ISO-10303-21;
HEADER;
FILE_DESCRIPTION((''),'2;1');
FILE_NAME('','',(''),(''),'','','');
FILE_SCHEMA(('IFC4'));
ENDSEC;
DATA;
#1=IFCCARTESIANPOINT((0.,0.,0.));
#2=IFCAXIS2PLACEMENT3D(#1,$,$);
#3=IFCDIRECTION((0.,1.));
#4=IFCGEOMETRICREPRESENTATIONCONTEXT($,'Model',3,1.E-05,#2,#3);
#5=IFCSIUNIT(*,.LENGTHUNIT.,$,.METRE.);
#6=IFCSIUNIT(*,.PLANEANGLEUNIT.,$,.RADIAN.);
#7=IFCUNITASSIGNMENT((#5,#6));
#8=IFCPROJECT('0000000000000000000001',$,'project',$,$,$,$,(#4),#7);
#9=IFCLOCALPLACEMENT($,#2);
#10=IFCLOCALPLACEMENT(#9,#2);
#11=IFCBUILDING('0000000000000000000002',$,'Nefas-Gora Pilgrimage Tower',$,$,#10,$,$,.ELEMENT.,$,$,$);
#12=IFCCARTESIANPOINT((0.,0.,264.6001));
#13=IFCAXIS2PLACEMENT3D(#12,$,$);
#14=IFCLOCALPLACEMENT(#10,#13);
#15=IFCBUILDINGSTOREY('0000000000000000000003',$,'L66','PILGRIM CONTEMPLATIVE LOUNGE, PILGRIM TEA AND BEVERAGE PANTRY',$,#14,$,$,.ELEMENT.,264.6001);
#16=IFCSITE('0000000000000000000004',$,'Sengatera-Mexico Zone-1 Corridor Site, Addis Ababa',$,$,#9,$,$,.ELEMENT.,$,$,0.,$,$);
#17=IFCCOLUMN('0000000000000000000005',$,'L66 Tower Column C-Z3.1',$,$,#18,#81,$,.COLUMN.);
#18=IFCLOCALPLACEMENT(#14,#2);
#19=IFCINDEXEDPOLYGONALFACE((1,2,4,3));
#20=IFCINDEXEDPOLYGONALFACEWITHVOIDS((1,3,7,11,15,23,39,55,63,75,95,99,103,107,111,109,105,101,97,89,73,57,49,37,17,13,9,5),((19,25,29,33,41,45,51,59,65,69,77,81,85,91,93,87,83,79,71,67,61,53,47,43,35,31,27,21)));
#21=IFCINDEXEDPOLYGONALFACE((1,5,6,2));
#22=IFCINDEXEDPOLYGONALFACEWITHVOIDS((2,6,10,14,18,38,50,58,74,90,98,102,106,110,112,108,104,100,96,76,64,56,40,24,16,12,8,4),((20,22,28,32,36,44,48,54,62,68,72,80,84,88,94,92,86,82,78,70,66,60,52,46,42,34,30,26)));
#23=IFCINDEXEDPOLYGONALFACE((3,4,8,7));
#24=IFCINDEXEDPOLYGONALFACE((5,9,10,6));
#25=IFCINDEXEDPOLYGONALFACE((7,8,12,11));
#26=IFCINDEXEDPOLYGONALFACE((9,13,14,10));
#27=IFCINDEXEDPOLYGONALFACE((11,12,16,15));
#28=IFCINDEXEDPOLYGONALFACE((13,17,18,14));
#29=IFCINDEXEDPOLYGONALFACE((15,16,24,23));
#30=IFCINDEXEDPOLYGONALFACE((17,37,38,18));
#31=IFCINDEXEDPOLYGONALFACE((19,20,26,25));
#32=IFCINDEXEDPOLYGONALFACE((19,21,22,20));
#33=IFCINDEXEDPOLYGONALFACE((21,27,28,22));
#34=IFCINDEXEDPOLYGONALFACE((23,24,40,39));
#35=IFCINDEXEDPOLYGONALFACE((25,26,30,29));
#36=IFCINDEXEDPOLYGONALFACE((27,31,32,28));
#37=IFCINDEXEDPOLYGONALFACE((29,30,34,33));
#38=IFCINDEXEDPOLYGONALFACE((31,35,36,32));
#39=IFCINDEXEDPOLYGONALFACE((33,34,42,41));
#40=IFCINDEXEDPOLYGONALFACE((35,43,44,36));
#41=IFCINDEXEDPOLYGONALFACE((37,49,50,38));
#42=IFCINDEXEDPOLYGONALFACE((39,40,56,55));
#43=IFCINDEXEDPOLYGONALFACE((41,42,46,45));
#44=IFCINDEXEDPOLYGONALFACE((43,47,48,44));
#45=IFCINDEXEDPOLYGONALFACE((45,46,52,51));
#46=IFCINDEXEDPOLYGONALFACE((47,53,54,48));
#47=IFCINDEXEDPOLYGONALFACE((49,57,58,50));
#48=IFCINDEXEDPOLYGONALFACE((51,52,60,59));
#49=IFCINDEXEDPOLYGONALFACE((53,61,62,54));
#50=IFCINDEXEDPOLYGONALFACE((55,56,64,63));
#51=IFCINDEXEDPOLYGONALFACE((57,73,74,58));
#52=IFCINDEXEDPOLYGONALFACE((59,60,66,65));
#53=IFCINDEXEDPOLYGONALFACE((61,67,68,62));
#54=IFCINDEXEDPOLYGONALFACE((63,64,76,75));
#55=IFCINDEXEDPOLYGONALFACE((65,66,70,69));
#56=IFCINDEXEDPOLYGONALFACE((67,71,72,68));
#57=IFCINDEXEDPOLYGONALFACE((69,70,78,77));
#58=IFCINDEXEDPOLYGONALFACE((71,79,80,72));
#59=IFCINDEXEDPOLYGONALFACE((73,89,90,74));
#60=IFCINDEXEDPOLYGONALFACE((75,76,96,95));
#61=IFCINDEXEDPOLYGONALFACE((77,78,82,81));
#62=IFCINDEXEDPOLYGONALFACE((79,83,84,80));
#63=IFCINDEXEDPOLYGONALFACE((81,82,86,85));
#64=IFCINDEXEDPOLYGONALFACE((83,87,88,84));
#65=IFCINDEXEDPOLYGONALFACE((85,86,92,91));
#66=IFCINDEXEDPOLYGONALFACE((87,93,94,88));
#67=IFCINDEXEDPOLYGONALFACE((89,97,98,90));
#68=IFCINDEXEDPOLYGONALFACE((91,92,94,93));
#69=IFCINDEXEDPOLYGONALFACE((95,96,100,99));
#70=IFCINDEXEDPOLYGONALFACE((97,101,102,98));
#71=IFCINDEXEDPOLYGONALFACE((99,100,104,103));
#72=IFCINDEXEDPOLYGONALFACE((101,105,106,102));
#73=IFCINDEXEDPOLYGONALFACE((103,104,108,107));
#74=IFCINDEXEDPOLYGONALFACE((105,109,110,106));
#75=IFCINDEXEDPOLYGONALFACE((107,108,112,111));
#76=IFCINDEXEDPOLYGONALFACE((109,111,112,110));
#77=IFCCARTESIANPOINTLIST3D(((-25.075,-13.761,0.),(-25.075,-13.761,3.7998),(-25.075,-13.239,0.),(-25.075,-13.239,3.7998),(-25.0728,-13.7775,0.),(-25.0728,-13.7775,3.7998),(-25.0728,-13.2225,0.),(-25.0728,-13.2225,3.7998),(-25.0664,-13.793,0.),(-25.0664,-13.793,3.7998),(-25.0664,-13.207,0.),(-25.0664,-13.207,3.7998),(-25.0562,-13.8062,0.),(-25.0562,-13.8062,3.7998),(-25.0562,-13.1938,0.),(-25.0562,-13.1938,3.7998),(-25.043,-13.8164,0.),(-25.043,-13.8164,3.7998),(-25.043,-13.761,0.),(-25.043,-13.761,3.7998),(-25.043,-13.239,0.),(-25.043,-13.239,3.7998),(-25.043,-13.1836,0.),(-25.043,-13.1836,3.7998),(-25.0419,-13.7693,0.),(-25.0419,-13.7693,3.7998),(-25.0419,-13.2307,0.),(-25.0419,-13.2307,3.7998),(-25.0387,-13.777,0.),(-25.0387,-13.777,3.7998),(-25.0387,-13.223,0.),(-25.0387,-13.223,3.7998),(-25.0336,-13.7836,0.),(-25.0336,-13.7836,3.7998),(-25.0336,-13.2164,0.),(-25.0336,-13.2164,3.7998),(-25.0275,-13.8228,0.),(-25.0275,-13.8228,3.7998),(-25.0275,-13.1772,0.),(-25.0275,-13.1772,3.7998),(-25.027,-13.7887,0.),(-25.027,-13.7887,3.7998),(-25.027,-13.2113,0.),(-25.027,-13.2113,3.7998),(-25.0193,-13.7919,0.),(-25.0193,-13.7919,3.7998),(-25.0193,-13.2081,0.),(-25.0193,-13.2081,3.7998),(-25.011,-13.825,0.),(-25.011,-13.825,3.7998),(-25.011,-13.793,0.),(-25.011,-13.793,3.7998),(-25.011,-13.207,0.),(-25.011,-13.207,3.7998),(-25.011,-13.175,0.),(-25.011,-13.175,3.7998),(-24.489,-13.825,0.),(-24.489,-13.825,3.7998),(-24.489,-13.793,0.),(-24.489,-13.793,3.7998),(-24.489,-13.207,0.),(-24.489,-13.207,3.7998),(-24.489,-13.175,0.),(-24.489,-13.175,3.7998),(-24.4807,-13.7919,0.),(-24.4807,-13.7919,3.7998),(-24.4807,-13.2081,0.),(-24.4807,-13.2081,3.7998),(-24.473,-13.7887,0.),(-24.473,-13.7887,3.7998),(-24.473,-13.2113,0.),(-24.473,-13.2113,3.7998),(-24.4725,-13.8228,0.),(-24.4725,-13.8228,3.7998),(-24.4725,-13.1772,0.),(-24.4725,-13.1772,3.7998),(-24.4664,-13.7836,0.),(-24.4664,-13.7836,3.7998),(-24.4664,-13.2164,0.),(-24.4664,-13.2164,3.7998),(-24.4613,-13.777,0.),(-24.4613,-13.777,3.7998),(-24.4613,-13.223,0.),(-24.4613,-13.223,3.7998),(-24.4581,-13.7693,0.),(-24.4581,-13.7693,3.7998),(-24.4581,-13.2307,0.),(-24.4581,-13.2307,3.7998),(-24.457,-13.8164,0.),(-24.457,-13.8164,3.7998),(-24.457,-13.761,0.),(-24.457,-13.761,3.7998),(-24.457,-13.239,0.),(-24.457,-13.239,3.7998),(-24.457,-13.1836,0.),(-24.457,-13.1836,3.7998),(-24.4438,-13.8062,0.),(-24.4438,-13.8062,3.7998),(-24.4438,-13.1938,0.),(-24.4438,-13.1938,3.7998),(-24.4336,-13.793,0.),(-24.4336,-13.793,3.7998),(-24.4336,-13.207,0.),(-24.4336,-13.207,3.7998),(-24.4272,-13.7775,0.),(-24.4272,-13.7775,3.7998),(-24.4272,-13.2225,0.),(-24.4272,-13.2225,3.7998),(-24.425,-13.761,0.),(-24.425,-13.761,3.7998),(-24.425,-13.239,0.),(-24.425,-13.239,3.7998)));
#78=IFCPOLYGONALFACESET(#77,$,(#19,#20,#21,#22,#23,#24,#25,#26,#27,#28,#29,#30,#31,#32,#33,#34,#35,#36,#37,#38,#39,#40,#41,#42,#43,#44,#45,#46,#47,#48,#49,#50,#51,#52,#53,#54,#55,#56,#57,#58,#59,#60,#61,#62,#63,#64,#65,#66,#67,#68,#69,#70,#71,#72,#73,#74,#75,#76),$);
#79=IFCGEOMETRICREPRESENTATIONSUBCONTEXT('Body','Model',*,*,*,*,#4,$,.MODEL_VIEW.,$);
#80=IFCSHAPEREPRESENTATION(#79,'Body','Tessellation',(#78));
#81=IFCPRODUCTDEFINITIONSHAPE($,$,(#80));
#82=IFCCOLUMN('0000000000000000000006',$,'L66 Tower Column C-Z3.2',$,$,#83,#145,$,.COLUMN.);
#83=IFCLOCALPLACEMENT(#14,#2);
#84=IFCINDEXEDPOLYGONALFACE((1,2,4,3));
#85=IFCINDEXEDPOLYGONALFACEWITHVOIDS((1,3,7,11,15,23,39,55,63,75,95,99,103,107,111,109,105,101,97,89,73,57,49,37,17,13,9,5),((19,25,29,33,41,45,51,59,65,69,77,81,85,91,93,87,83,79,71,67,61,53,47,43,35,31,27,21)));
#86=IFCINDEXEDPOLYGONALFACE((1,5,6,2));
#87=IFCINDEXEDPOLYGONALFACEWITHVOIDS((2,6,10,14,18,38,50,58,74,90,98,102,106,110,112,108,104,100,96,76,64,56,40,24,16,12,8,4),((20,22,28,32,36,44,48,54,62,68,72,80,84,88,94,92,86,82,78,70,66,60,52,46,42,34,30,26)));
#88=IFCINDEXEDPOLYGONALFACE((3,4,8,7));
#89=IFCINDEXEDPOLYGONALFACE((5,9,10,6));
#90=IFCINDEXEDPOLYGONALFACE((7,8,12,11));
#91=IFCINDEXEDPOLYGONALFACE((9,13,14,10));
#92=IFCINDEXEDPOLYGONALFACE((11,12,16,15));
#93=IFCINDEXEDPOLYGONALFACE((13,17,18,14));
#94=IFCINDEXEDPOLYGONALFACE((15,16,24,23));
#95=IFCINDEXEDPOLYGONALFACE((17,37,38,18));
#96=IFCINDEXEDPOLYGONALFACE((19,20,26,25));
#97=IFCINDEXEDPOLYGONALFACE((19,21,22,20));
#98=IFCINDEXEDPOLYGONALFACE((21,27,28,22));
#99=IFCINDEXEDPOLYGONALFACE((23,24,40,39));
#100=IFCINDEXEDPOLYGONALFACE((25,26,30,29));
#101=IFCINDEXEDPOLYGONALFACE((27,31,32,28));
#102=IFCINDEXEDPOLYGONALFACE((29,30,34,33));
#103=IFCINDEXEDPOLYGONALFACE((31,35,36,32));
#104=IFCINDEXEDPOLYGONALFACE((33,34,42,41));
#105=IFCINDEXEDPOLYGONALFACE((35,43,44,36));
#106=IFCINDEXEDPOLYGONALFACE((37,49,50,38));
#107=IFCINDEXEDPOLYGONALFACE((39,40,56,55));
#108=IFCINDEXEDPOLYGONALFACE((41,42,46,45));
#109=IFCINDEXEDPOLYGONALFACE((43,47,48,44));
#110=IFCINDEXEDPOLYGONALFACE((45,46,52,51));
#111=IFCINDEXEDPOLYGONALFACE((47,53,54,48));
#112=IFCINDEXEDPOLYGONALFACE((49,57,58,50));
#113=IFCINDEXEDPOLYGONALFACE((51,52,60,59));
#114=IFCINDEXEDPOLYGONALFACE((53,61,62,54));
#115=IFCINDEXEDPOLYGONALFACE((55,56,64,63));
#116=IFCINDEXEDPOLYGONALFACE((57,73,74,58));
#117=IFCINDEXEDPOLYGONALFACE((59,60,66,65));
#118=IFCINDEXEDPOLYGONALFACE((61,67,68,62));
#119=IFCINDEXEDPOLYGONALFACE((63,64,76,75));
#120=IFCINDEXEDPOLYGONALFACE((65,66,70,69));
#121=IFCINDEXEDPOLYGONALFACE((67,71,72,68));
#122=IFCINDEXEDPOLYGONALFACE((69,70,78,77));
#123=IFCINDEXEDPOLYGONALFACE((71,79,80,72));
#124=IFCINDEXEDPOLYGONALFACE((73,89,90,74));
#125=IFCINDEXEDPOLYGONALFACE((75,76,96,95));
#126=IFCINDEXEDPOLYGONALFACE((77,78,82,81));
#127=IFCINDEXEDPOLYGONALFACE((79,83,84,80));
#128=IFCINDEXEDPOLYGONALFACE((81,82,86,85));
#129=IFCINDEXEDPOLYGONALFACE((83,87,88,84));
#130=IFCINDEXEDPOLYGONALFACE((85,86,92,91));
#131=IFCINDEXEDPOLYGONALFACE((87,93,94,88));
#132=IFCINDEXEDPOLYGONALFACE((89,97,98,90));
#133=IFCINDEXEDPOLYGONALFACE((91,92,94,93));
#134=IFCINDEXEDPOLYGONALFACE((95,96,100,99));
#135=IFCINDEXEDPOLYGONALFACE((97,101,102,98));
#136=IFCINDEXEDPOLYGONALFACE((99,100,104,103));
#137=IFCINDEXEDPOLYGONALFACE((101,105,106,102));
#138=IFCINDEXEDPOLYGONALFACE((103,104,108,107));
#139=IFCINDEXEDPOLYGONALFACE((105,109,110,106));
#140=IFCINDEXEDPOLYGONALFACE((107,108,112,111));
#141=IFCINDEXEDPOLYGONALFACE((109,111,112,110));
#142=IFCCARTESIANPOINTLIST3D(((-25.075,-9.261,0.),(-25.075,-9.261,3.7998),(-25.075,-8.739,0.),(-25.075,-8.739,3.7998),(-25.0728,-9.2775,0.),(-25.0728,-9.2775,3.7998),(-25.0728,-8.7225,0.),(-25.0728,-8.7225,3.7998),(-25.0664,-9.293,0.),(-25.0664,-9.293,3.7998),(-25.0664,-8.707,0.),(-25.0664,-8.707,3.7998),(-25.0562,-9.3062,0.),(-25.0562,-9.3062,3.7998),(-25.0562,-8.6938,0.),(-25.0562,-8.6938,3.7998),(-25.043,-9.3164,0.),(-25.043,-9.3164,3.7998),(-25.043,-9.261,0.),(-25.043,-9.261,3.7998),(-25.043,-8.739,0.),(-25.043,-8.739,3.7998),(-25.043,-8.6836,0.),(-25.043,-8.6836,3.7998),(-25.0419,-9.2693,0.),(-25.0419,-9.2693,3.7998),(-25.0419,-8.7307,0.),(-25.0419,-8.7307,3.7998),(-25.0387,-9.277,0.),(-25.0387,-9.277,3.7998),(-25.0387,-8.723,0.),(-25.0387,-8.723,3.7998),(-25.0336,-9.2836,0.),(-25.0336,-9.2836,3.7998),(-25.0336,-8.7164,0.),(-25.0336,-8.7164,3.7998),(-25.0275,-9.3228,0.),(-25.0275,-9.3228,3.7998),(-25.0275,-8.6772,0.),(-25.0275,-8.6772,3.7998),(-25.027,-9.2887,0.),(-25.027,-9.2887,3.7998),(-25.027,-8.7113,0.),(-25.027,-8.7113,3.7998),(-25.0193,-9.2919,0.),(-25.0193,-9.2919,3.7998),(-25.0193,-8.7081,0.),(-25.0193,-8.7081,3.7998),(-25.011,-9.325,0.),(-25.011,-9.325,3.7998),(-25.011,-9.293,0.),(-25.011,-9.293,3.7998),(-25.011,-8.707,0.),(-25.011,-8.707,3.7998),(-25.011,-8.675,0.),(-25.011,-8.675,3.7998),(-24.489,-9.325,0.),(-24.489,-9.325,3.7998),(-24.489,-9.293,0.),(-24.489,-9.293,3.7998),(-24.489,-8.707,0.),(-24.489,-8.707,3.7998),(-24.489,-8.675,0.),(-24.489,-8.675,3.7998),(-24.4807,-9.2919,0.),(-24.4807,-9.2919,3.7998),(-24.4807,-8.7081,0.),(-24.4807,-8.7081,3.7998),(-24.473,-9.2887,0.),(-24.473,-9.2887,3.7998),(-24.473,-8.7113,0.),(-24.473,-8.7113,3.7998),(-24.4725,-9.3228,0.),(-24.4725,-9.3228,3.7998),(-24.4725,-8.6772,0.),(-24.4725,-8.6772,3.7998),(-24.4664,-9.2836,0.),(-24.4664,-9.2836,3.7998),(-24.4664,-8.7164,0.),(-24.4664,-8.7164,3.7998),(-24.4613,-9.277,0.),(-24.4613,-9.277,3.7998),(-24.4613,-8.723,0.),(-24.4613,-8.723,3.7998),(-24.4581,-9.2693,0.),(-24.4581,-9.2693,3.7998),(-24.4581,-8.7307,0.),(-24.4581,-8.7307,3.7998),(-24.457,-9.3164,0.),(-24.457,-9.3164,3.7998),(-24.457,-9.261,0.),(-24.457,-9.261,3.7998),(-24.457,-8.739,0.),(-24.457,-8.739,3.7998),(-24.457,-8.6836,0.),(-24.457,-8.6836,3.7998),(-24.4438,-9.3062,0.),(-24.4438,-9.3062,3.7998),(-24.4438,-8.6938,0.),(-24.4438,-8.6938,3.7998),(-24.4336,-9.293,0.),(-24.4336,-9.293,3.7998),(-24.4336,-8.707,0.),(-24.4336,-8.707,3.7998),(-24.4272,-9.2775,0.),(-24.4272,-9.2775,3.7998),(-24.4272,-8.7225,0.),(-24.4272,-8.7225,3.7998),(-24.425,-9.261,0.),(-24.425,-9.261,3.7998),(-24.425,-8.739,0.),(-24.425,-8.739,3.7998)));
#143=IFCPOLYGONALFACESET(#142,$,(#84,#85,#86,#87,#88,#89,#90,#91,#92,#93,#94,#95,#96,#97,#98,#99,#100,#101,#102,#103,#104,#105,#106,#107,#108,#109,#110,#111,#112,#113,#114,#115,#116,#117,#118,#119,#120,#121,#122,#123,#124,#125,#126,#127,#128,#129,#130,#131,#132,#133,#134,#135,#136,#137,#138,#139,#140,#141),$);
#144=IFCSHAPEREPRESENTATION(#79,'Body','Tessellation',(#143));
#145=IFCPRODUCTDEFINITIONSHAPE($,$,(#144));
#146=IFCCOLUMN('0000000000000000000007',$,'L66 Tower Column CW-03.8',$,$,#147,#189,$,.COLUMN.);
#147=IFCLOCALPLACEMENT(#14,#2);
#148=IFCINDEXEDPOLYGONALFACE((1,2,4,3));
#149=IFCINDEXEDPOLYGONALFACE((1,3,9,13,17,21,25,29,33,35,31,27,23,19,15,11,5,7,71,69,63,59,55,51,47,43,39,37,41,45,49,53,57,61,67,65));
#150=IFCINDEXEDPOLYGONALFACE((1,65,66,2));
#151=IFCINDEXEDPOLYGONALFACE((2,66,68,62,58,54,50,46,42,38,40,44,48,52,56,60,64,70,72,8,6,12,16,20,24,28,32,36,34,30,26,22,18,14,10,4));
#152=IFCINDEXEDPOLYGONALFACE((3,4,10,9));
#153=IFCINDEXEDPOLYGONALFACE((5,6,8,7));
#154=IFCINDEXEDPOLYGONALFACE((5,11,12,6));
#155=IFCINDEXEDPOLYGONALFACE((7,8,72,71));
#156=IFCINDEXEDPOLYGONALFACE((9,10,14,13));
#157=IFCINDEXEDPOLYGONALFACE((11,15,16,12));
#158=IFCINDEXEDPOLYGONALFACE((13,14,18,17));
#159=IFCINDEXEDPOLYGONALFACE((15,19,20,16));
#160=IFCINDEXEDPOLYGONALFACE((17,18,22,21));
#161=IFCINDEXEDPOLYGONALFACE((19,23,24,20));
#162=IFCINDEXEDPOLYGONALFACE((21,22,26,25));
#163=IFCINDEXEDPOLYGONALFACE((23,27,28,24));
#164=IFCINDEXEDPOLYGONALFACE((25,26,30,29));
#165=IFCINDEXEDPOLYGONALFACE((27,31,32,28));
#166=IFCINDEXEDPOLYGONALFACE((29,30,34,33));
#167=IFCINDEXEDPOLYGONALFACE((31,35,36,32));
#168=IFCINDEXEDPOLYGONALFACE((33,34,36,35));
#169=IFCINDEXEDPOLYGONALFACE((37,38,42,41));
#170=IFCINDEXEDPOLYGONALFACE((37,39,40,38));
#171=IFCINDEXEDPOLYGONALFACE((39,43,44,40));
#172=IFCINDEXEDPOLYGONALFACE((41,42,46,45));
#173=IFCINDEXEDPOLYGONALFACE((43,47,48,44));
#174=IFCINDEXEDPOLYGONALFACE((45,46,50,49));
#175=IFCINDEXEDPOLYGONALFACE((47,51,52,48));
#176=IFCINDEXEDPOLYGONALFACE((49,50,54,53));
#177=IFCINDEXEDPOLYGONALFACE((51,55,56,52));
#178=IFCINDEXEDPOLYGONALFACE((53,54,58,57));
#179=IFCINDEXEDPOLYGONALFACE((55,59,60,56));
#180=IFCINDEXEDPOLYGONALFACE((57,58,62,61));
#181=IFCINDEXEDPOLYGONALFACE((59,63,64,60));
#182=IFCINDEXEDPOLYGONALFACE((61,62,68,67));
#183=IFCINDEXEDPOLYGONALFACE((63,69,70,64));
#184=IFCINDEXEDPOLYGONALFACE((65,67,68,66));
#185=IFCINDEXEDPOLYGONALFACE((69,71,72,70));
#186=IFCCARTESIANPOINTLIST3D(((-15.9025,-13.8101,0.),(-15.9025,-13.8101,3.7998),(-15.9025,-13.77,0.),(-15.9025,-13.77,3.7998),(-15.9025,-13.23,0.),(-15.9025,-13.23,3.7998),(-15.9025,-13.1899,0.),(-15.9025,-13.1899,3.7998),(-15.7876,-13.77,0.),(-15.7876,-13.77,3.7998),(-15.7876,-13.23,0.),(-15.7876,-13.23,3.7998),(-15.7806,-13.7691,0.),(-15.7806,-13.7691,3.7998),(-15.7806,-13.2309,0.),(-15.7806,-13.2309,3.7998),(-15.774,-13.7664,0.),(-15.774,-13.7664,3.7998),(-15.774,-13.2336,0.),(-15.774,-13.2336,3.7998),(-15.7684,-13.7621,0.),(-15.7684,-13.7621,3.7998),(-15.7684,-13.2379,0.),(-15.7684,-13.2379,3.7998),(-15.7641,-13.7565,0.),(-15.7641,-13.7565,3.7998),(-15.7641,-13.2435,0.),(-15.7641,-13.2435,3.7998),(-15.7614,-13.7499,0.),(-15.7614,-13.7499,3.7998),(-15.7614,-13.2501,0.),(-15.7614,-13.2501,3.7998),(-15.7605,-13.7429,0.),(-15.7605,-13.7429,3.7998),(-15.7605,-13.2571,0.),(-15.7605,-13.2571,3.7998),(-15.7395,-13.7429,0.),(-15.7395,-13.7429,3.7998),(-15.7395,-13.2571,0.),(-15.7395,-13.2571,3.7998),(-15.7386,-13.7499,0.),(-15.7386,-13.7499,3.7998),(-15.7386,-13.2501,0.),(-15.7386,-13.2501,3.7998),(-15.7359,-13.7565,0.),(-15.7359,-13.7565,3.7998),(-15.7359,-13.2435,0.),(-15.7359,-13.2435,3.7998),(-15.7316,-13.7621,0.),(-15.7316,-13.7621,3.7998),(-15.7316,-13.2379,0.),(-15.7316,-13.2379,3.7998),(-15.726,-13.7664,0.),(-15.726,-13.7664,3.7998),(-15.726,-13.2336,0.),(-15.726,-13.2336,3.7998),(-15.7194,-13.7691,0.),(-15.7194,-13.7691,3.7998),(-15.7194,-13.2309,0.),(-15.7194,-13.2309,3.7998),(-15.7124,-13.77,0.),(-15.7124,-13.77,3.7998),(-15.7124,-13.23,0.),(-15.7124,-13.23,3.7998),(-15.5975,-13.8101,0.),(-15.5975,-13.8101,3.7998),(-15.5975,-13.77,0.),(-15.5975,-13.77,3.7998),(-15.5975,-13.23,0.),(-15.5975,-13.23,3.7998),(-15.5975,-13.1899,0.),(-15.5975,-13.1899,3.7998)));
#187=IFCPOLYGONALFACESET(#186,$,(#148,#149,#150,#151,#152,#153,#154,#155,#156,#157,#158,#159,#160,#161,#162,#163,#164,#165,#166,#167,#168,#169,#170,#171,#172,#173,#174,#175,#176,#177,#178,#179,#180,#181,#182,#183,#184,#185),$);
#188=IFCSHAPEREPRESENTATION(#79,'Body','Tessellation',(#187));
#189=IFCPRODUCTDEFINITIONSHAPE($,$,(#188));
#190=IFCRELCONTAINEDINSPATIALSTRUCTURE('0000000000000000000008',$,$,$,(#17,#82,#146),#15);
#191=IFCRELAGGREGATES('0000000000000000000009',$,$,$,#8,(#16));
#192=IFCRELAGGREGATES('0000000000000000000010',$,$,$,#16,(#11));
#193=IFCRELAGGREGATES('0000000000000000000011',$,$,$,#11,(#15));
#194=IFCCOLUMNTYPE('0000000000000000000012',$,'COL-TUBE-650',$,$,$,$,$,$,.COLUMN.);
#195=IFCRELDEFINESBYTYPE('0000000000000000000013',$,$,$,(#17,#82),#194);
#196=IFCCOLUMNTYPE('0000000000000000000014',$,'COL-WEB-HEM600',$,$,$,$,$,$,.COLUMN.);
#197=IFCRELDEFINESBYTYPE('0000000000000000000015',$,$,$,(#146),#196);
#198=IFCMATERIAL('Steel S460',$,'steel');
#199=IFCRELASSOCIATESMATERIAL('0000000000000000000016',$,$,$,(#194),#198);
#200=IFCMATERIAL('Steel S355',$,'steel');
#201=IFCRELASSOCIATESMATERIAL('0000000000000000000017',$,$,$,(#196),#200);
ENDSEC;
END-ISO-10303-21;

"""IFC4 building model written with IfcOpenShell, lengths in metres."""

from ifc_helpers import new_model, si_unit, direction, frame, origin, origin_2d, place, context, subcontext, project, spatial, hollow_rectangle, i_section, extrude, source, transform, mapped, material, material_profile, profile_set, type_object, element, save


model = new_model("IFC4")

# Units and contexts
model_context = context("Model", 3, precision=1e-05, world=origin(), true_north=direction((0.0, 1.0)))
body_context = subcontext(model_context, "Body", "Model", "MODEL_VIEW")
ifc_project = project(units=[si_unit("LENGTHUNIT", "METRE"), si_unit("PLANEANGLEUNIT", "RADIAN")], contexts=[model_context])

# Site, building, storey
site_placement = place(None, origin())
site = spatial("IfcSite", under=ifc_project, at=site_placement, Name="Sengatera-Mexico Zone-1 Corridor Site, Addis Ababa", CompositionType="ELEMENT", RefElevation=0.0)
building_placement = place(site_placement, origin())
building = spatial("IfcBuilding", under=site, at=building_placement, Name="Nefas-Gora Pilgrimage Tower", CompositionType="ELEMENT")
storey_placement = place(building_placement, frame((0.0, 0.0, 264.6001)))
storey = spatial("IfcBuildingStorey", under=building, at=storey_placement, Name="L66", Description="PILGRIM CONTEMPLATIVE LOUNGE, PILGRIM TEA AND BEVERAGE PANTRY", CompositionType="ELEMENT", Elevation=264.6001)

# Columns
ifc_material_1 = material(Name="Steel S460", Category="steel")
ifc_material_profile_1 = material_profile(ifc_material_1, hollow_rectangle(XDim=0.6499, YDim=0.6499, WallThickness=0.032, InnerFilletRadius=0.032, OuterFilletRadius=0.064, at=origin_2d()), Name="BOX 650x650x32")
ifc_profile_set_1 = profile_set([ifc_material_profile_1], Name="Steel S460")
column_type_1 = type_object("IfcColumnType", Name="COL-TUBE-650", PredefinedType="COLUMN", material=ifc_profile_set_1)
shared_shape_1 = source(origin(), body_context, "Body", "SweptSolid", [
    extrude(hollow_rectangle(XDim=0.6499, YDim=0.6499, WallThickness=0.032, InnerFilletRadius=0.032, OuterFilletRadius=0.064, at=origin_2d()), origin(), (0.0, 0.0, 1.0), 3.7998),
])
for number, where, z_axis, x_axis, name in (
    (1, (-24.75, -13.5, 0.0), (0.0, 0.0, 1.0), (1.0, 0.0, 0.0), "L66 Tower Column C-Z3.1"),
    (2, (-24.75, -9.0, 0.0), (0.0, 0.0, 1.0), (1.0, 0.0, 0.0), "L66 Tower Column C-Z3.2"),
):
    element("IfcColumn", number, at=place(storey_placement, frame(where, z_axis=z_axis, x_axis=x_axis)), inside=storey, type_object=column_type_1, Name=name, PredefinedType="COLUMN", context=body_context, shape_type="MappedRepresentation", body=[
        mapped(shared_shape_1, transform((0.0, 0.0, 0.0), x_axis=(1.0, 0.0, 0.0), y_axis=(0.0, 1.0, 0.0), z_axis=(0.0, 0.0, 1.0), scale=1.0)),
    ])
ifc_material_2 = material(Name="Steel S355", Category="steel")
ifc_material_profile_2 = material_profile(ifc_material_2, i_section(OverallWidth=0.3049, OverallDepth=0.6201, WebThickness=0.021, FlangeThickness=0.04, FilletRadius=0.0271, at=origin_2d()), Name="HEM 600")
ifc_profile_set_2 = profile_set([ifc_material_profile_2], Name="Steel S355")
column_type_2 = type_object("IfcColumnType", Name="COL-WEB-HEM600", PredefinedType="COLUMN", material=ifc_profile_set_2)
shared_shape_2 = source(origin(), body_context, "Body", "SweptSolid", [
    extrude(i_section(OverallWidth=0.3049, OverallDepth=0.6201, WebThickness=0.021, FlangeThickness=0.04, FilletRadius=0.0271, at=origin_2d()), origin(), (0.0, 0.0, 1.0), 3.7998),
])
for number, where, z_axis, x_axis, name in (
    (3, (-15.75, -13.5, 0.0), (0.0, 0.0, 1.0), (1.0, 0.0, 0.0), "L66 Tower Column CW-03.8"),
):
    element("IfcColumn", number, at=place(storey_placement, frame(where, z_axis=z_axis, x_axis=x_axis)), inside=storey, type_object=column_type_2, Name=name, PredefinedType="COLUMN", context=body_context, shape_type="MappedRepresentation", body=[
        mapped(shared_shape_2, transform((0.0, 0.0, 0.0), x_axis=(1.0, 0.0, 0.0), y_axis=(0.0, 1.0, 0.0), z_axis=(0.0, 0.0, 1.0), scale=1.0)),
    ])

save(model, "model.ifc")
